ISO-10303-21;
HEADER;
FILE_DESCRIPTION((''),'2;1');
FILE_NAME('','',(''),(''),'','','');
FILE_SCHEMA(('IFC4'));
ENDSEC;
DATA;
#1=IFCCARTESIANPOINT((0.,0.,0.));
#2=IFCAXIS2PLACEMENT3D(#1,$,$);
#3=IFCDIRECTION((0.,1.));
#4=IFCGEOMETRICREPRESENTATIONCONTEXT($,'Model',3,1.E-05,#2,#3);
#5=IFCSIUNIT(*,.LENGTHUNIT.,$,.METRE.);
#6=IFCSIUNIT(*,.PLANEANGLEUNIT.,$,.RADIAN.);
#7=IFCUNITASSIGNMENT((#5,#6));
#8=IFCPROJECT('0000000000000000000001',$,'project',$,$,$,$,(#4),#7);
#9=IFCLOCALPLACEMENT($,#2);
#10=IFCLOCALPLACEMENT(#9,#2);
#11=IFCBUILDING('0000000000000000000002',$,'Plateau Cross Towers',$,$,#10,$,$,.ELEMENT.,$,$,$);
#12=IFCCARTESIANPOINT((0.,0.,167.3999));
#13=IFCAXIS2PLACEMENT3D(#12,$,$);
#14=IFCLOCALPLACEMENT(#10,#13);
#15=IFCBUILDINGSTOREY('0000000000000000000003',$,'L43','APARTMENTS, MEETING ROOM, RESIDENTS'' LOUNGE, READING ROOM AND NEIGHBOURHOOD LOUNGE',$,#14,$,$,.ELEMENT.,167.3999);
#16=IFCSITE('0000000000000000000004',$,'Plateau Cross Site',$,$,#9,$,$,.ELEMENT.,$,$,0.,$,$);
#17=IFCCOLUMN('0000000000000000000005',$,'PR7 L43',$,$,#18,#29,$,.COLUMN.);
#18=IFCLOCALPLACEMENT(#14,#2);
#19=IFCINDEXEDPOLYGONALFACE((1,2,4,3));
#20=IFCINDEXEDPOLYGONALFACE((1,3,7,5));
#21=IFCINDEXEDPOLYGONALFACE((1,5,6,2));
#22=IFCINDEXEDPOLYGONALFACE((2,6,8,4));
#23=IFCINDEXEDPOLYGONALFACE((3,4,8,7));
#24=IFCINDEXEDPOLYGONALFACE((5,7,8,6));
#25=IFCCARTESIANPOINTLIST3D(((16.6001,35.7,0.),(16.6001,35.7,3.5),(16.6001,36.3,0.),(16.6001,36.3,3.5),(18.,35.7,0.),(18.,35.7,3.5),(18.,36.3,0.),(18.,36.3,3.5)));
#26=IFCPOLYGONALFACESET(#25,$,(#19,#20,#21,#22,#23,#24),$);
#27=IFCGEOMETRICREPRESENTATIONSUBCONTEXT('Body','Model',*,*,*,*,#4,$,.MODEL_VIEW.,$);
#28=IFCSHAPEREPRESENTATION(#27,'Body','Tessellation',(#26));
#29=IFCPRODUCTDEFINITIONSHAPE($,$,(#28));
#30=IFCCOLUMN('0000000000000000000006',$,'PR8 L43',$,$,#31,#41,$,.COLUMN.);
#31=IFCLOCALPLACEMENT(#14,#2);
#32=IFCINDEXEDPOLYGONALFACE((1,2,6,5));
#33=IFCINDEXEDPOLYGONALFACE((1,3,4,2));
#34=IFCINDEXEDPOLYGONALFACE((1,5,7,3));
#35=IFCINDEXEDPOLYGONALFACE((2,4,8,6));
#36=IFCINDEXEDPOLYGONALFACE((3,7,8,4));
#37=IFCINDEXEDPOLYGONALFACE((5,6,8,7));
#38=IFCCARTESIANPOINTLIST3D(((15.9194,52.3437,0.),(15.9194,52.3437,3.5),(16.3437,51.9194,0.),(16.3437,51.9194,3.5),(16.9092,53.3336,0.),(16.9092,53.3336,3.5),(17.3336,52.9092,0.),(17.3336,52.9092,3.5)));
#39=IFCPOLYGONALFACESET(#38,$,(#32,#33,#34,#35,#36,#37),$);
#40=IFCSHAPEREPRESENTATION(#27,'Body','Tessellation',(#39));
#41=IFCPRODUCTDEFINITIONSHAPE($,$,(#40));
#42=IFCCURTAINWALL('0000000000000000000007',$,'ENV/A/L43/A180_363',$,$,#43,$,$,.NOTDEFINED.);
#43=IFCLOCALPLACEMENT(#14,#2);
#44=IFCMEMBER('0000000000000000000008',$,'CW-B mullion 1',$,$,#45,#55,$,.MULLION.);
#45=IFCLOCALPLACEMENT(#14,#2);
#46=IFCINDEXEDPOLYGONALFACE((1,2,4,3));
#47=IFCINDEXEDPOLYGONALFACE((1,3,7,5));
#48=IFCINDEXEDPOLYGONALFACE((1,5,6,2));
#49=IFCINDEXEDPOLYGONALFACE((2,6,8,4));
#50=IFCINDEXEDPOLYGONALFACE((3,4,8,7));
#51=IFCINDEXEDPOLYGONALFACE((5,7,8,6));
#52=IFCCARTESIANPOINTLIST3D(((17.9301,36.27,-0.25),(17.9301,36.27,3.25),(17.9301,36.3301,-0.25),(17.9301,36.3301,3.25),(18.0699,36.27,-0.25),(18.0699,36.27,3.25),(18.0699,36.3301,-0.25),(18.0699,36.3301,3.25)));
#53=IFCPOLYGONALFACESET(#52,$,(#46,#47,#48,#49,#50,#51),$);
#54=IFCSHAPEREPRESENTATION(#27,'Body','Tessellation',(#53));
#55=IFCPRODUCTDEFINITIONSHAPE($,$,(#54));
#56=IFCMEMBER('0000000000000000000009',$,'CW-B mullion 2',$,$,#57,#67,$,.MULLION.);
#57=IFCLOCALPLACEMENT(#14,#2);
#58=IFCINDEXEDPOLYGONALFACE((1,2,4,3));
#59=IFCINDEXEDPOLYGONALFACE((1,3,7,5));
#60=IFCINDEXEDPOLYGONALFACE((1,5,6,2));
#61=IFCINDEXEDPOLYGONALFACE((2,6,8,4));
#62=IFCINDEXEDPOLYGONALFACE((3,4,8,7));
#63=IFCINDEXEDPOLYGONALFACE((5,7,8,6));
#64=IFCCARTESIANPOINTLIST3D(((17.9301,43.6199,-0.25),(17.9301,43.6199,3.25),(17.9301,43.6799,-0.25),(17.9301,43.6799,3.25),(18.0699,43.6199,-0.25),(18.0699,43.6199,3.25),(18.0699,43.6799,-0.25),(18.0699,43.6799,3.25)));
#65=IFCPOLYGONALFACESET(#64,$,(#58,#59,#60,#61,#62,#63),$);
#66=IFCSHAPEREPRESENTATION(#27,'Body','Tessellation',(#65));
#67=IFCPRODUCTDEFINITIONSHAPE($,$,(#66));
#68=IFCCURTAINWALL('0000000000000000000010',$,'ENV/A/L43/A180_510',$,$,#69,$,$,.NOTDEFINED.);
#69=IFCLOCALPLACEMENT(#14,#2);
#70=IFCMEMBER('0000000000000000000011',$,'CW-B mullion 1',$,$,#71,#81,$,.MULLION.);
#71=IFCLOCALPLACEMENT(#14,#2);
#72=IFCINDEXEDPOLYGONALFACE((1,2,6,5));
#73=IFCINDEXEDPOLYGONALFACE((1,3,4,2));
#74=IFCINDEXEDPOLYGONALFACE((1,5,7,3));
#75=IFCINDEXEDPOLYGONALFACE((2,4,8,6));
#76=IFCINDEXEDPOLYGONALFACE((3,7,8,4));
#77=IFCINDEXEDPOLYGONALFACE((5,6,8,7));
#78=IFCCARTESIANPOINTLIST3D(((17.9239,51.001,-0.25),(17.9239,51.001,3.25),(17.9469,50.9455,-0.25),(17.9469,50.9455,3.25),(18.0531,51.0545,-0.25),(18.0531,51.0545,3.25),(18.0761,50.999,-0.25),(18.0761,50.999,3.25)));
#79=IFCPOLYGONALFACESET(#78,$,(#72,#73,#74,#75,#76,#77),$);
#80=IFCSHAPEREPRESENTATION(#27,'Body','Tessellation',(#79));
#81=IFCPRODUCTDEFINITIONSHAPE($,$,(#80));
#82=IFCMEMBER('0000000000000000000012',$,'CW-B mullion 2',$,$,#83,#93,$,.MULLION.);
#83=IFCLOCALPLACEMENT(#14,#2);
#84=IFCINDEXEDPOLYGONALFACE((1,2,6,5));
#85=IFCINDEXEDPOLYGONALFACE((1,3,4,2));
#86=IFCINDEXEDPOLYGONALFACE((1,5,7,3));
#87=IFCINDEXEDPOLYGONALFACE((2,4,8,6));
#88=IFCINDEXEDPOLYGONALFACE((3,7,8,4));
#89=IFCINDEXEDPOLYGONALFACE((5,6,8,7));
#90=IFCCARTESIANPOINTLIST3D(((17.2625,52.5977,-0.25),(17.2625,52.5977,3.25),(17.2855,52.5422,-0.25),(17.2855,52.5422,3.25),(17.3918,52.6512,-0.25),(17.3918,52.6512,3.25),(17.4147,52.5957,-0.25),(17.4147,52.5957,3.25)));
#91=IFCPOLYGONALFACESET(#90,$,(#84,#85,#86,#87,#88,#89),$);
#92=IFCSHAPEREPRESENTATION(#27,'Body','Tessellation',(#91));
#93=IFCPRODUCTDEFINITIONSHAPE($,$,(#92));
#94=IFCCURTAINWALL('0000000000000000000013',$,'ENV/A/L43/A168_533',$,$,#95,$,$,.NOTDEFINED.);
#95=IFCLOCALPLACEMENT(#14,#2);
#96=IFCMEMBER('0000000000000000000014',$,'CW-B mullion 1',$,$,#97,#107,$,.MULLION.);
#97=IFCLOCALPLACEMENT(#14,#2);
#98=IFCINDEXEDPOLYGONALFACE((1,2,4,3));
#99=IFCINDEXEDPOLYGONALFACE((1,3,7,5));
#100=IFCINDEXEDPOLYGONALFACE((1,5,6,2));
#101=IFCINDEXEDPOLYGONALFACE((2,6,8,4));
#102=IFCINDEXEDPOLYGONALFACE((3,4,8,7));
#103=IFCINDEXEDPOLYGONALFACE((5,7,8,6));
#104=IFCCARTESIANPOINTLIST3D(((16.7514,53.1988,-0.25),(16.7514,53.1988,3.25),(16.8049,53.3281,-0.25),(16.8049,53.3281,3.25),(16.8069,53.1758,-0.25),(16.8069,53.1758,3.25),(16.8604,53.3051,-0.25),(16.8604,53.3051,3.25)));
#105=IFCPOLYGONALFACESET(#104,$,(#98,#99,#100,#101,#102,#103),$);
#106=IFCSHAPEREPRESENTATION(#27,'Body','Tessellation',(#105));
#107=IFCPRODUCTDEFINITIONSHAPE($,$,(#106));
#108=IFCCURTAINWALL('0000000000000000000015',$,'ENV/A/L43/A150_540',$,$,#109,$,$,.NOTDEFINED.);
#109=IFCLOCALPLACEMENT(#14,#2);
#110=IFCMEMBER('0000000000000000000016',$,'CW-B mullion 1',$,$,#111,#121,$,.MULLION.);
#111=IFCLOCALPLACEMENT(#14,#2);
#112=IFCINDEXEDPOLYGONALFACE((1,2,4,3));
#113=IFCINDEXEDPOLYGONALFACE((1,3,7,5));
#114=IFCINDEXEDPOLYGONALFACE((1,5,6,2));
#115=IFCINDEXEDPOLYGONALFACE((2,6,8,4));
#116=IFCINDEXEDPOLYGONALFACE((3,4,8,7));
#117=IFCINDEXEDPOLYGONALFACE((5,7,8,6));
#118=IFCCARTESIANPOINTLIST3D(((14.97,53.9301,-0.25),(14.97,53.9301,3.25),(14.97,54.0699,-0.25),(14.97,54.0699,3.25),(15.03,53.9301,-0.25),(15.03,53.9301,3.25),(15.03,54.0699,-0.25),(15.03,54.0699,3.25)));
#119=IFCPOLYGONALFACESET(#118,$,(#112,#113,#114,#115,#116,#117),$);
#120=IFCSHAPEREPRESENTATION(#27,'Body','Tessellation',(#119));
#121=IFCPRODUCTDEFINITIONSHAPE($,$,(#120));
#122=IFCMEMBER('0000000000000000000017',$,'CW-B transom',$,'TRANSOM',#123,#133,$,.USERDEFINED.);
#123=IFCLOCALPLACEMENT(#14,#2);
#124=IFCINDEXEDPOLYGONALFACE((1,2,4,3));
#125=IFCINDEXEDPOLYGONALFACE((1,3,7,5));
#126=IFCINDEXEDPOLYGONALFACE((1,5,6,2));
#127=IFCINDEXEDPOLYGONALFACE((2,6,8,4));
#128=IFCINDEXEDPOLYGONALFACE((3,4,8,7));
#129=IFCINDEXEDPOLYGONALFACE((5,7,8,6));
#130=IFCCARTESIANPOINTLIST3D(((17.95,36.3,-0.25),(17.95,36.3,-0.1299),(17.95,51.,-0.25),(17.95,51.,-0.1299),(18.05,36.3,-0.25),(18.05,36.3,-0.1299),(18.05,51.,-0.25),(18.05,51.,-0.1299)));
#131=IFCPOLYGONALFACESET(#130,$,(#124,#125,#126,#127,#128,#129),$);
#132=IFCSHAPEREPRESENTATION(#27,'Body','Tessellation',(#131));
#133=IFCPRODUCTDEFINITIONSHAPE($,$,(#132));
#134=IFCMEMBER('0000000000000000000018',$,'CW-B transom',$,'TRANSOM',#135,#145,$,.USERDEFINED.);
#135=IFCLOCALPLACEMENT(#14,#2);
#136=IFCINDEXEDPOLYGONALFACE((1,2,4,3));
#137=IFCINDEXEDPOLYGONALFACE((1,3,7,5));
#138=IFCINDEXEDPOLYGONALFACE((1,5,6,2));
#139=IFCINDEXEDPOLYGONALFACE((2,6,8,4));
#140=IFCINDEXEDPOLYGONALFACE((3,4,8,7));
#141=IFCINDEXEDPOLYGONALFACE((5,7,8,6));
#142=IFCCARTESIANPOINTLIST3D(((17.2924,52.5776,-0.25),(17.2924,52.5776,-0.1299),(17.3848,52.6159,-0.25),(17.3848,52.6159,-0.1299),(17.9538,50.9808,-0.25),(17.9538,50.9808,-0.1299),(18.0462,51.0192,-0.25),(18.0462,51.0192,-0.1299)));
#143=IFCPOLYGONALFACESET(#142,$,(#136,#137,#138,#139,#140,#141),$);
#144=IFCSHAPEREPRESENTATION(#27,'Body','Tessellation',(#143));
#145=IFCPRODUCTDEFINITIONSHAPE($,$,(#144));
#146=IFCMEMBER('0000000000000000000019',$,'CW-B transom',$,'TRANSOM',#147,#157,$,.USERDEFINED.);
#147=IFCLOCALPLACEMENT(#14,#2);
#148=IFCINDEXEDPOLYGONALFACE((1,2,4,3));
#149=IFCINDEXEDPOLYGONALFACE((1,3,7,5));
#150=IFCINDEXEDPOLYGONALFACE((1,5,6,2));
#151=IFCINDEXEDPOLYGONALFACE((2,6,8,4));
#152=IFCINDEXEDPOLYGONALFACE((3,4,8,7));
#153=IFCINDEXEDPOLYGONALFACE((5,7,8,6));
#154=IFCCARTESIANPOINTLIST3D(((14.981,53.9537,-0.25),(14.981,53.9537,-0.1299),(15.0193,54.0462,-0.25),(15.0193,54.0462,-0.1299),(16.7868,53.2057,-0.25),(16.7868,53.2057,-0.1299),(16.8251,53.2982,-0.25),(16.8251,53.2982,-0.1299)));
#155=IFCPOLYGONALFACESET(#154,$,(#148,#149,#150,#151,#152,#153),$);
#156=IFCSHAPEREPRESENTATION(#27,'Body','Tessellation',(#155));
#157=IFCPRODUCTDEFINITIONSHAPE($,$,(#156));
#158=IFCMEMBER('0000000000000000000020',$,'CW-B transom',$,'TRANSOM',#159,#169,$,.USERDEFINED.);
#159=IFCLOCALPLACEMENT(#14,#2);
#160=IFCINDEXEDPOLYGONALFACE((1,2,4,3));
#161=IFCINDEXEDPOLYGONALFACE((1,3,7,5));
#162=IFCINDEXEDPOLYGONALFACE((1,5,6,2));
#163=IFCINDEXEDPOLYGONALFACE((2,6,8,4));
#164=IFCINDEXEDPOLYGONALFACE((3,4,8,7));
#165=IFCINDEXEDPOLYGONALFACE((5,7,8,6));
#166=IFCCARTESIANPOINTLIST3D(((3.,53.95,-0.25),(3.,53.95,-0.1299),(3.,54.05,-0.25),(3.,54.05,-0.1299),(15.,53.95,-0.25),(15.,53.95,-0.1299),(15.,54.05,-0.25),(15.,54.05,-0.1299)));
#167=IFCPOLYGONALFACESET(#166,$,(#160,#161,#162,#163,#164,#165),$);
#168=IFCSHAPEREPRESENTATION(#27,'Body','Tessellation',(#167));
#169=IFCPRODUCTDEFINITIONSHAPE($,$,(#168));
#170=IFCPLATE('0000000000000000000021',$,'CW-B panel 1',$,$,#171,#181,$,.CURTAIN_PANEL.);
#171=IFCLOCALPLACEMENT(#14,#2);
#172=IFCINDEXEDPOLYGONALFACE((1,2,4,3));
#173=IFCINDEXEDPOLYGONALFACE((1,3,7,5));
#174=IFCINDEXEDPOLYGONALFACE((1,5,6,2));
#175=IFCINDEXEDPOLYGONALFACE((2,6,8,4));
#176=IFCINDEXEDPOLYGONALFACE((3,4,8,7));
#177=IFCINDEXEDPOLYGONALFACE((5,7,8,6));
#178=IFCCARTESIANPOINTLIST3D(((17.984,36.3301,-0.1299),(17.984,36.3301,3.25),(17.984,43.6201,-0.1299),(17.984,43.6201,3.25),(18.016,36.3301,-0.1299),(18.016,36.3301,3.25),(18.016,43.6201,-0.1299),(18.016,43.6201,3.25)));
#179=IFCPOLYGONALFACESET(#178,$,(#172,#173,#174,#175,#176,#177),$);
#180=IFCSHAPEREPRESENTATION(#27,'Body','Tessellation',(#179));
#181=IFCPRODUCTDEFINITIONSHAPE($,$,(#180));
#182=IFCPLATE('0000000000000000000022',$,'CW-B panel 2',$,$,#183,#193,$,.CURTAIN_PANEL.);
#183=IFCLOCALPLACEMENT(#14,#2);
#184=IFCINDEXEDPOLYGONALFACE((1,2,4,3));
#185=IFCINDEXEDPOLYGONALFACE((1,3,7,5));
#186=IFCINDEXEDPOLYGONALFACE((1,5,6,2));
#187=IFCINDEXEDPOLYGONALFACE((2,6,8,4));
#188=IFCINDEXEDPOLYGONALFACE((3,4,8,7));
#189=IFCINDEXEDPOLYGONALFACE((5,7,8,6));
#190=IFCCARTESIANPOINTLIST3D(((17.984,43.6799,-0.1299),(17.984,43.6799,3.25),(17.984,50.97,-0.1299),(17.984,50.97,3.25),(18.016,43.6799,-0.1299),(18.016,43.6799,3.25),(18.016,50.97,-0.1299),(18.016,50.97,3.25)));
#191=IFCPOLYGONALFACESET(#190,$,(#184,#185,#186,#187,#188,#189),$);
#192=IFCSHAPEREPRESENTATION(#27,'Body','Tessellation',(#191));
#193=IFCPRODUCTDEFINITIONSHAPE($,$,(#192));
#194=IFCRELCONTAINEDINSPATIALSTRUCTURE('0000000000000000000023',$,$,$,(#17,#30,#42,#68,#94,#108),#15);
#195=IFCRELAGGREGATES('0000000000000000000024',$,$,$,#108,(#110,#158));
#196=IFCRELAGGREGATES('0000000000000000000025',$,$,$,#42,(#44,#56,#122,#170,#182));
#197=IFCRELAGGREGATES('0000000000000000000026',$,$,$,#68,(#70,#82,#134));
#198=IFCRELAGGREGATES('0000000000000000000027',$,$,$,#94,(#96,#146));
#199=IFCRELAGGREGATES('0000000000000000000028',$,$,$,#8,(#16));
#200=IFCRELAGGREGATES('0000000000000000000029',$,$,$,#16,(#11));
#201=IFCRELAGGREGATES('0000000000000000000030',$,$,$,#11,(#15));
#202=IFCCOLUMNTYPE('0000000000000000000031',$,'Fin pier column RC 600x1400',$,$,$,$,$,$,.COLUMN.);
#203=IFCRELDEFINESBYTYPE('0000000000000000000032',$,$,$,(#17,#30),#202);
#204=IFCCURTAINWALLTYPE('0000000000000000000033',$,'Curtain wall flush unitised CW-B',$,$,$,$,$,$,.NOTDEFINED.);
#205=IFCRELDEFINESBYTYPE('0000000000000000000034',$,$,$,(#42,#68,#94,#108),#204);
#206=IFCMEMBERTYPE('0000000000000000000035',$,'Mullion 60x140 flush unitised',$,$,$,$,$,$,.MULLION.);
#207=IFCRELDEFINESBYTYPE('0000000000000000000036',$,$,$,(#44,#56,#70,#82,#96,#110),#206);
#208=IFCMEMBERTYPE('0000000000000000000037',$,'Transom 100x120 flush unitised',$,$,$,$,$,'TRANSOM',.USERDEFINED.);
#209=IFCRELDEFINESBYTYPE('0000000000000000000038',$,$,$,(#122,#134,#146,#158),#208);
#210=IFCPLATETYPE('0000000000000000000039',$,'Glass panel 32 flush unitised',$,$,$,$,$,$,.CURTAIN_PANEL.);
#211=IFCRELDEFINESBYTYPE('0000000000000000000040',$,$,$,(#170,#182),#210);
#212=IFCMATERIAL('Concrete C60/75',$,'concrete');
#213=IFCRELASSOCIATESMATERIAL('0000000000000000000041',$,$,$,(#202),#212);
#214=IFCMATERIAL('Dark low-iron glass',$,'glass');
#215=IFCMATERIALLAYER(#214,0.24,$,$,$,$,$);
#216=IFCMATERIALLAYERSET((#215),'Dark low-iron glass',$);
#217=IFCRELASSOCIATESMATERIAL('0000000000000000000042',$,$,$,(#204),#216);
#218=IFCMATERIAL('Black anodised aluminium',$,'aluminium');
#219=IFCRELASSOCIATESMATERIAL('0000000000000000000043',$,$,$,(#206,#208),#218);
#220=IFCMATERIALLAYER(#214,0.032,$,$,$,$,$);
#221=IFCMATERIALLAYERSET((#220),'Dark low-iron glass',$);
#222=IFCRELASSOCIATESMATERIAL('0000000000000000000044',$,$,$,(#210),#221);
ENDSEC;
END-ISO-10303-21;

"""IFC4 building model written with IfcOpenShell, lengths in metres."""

from ifc_helpers import new_model, si_unit, direction, frame, origin, origin_2d, place, context, subcontext, project, spatial, rectangle, extrude, material, layer, layer_set, material_profile, profile_set, type_object, element, aggregate, save


model = new_model("IFC4")

# Units and contexts
model_context = context("Model", 3, precision=1e-05, world=origin(), true_north=direction((0.0, 1.0)))
body_context = subcontext(model_context, "Body", "Model", "MODEL_VIEW")
ifc_project = project(units=[si_unit("LENGTHUNIT", "METRE"), si_unit("PLANEANGLEUNIT", "RADIAN")], contexts=[model_context])

# Site, building, storey
site_placement = place(None, origin())
site = spatial("IfcSite", under=ifc_project, at=site_placement, Name="Plateau Cross Site", CompositionType="ELEMENT", RefElevation=0.0)
building_placement = place(site_placement, origin())
building = spatial("IfcBuilding", under=site, at=building_placement, Name="Plateau Cross Towers", CompositionType="ELEMENT")
storey_placement = place(building_placement, frame((0.0, 0.0, 167.3999)))
storey = spatial("IfcBuildingStorey", under=building, at=storey_placement, Name="L43", Description="APARTMENTS, MEETING ROOM, RESIDENTS' LOUNGE, READING ROOM AND NEIGHBOURHOOD LOUNGE", CompositionType="ELEMENT", Elevation=167.3999)

# Columns
ifc_material_1 = material(Name="Concrete C60/75", Category="concrete")
ifc_material_profile_1 = material_profile(ifc_material_1, rectangle(XDim=0.6001, YDim=1.3999, at=origin_2d()), Name="RC 600x1400")
ifc_profile_set_1 = profile_set([ifc_material_profile_1], Name="Concrete C60/75")
column_type = type_object("IfcColumnType", Name="Fin pier column RC 600x1400", PredefinedType="COLUMN", material=ifc_profile_set_1)
for number, where, z_axis, x_axis, name in (
    (1, (17.3, 36.0, 0.0), (0.0, 0.0, 1.0), (0.0, 1.0, 0.0), "PR7 L43"),
    (2, (16.6265, 52.6265, 0.0), (0.0, 0.0, 1.0), (-0.707107, 0.707107, 0.0), "PR8 L43"),
):
    element("IfcColumn", number, at=place(storey_placement, frame(where, z_axis=z_axis, x_axis=x_axis)), inside=storey, type_object=column_type, Name=name, PredefinedType="COLUMN", context=body_context, shape_type="SweptSolid", body=[
        extrude(rectangle(XDim=0.6001, YDim=1.3999, at=origin_2d()), origin(), (0.0, 0.0, 1.0), 3.5),
    ])

# Curtain walls, members
ifc_material_2 = material(Name="Dark low-iron glass", Category="glass")
ifc_layer_1 = layer(ifc_material_2, 0.24)
ifc_layer_set_1 = layer_set([ifc_layer_1], Name="Dark low-iron glass")
curtain_wall_type = type_object("IfcCurtainWallType", Name="Curtain wall flush unitised CW-B", PredefinedType="NOTDEFINED", material=ifc_layer_set_1)
curtain_wall_1_placement = place(storey_placement, origin())
curtain_wall_1 = element("IfcCurtainWall", 3, at=curtain_wall_1_placement, inside=storey, type_object=curtain_wall_type, Name="ENV/A/L43/A180_363", PredefinedType="NOTDEFINED")
ifc_material_3 = material(Name="Black anodised aluminium", Category="aluminium")
ifc_material_profile_2 = material_profile(ifc_material_3, rectangle(XDim=0.0601, YDim=0.1399, at=origin_2d()), Name="MULLION 60x140")
ifc_profile_set_2 = profile_set([ifc_material_profile_2], Name="Black anodised aluminium")
member_type_1 = type_object("IfcMemberType", Name="Mullion 60x140 flush unitised", PredefinedType="MULLION", material=ifc_profile_set_2)
member_1_placement = place(storey_placement, frame((18.0, 36.3, -0.25), z_axis=(0.0, 0.0, 1.0), x_axis=(0.0, 1.0, 0.0)))
member_1 = element("IfcMember", 4, at=member_1_placement, type_object=member_type_1, Name="CW-B mullion 1", PredefinedType="MULLION", context=body_context, shape_type="SweptSolid", body=[
    extrude(rectangle(XDim=0.0601, YDim=0.1399, at=origin_2d()), origin(), (0.0, 0.0, 1.0), 3.5),
])
member_2_placement = place(storey_placement, frame((18.0, 43.6499, -0.25), z_axis=(0.0, 0.0, 1.0), x_axis=(0.0, 1.0, 0.0)))
member_2 = element("IfcMember", 5, at=member_2_placement, type_object=member_type_1, Name="CW-B mullion 2", PredefinedType="MULLION", context=body_context, shape_type="SweptSolid", body=[
    extrude(rectangle(XDim=0.0601, YDim=0.1399, at=origin_2d()), origin(), (0.0, 0.0, 1.0), 3.5),
])
curtain_wall_2_placement = place(storey_placement, origin())
curtain_wall_2 = element("IfcCurtainWall", 6, at=curtain_wall_2_placement, inside=storey, type_object=curtain_wall_type, Name="ENV/A/L43/A180_510", PredefinedType="NOTDEFINED")
member_3_placement = place(storey_placement, frame((18.0, 51.0, -0.25), z_axis=(0.0, 0.0, 1.0), x_axis=(-0.382684, 0.923879, 0.0)))
member_3 = element("IfcMember", 7, at=member_3_placement, type_object=member_type_1, Name="CW-B mullion 1", PredefinedType="MULLION", context=body_context, shape_type="SweptSolid", body=[
    extrude(rectangle(XDim=0.0601, YDim=0.1399, at=origin_2d()), origin(), (0.0, 0.0, 1.0), 3.5),
])
member_4_placement = place(storey_placement, frame((17.3386, 52.5967, -0.25), z_axis=(0.0, 0.0, 1.0), x_axis=(-0.382684, 0.923879, 0.0)))
member_4 = element("IfcMember", 8, at=member_4_placement, type_object=member_type_1, Name="CW-B mullion 2", PredefinedType="MULLION", context=body_context, shape_type="SweptSolid", body=[
    extrude(rectangle(XDim=0.0601, YDim=0.1399, at=origin_2d()), origin(), (0.0, 0.0, 1.0), 3.5),
])

# Curtain walls, members
curtain_wall_3_placement = place(storey_placement, origin())
curtain_wall_3 = element("IfcCurtainWall", 9, at=curtain_wall_3_placement, inside=storey, type_object=curtain_wall_type, Name="ENV/A/L43/A168_533", PredefinedType="NOTDEFINED")
member_5_placement = place(storey_placement, frame((16.8059, 53.252, -0.25), z_axis=(0.0, 0.0, 1.0), x_axis=(-0.923879, 0.382684, 0.0)))
member_5 = element("IfcMember", 10, at=member_5_placement, type_object=member_type_1, Name="CW-B mullion 1", PredefinedType="MULLION", context=body_context, shape_type="SweptSolid", body=[
    extrude(rectangle(XDim=0.0601, YDim=0.1399, at=origin_2d()), origin(), (0.0, 0.0, 1.0), 3.5),
])
curtain_wall_4_placement = place(storey_placement, origin())
curtain_wall_4 = element("IfcCurtainWall", 11, at=curtain_wall_4_placement, inside=storey, type_object=curtain_wall_type, Name="ENV/A/L43/A150_540", PredefinedType="NOTDEFINED")
member_6_placement = place(storey_placement, frame((15.0, 54.0, -0.25), z_axis=(0.0, 0.0, 1.0), x_axis=(-1.0, 0.0, 0.0)))
member_6 = element("IfcMember", 12, at=member_6_placement, type_object=member_type_1, Name="CW-B mullion 1", PredefinedType="MULLION", context=body_context, shape_type="SweptSolid", body=[
    extrude(rectangle(XDim=0.0601, YDim=0.1399, at=origin_2d()), origin(), (0.0, 0.0, 1.0), 3.5),
])

# Members
ifc_material_profile_3 = material_profile(ifc_material_3, rectangle(XDim=0.1001, YDim=0.1201, at=origin_2d()), Name="TRANSOM 100x120")
ifc_profile_set_3 = profile_set([ifc_material_profile_3], Name="Black anodised aluminium")
member_type_2 = type_object("IfcMemberType", Name="Transom 100x120 flush unitised", ElementType="TRANSOM", PredefinedType="USERDEFINED", material=ifc_profile_set_3)
member_7_placement = place(storey_placement, frame((18.0, 36.3, -0.1899), z_axis=(0.0, 1.0, 0.0), x_axis=(-1.0, 0.0, 0.0)))
member_7 = element("IfcMember", 13, at=member_7_placement, type_object=member_type_2, Name="CW-B transom", ObjectType="TRANSOM", PredefinedType="USERDEFINED", context=body_context, shape_type="SweptSolid", body=[
    extrude(rectangle(XDim=0.1001, YDim=0.1201, at=origin_2d()), origin(), (0.0, 0.0, 1.0), 14.7),
])
member_8_placement = place(storey_placement, frame((18.0, 51.0, -0.1899), z_axis=(-0.382689, 0.923877, 0.0), x_axis=(-0.923877, -0.382689, 0.0)))
member_8 = element("IfcMember", 14, at=member_8_placement, type_object=member_type_2, Name="CW-B transom", ObjectType="TRANSOM", PredefinedType="USERDEFINED", context=body_context, shape_type="SweptSolid", body=[
    extrude(rectangle(XDim=0.1001, YDim=0.1201, at=origin_2d()), origin(), (0.0, 0.0, 1.0), 1.7283),
])
member_9_placement = place(storey_placement, frame((16.8059, 53.252, -0.1899), z_axis=(-0.923877, 0.38269, 0.0), x_axis=(-0.38269, -0.923877, 0.0)))
member_9 = element("IfcMember", 15, at=member_9_placement, type_object=member_type_2, Name="CW-B transom", ObjectType="TRANSOM", PredefinedType="USERDEFINED", context=body_context, shape_type="SweptSolid", body=[
    extrude(rectangle(XDim=0.1001, YDim=0.1201, at=origin_2d()), origin(), (0.0, 0.0, 1.0), 1.9546),
])
member_10_placement = place(storey_placement, frame((15.0, 54.0, -0.1899), z_axis=(-1.0, 0.0, 0.0), x_axis=(0.0, -1.0, 0.0)))
member_10 = element("IfcMember", 16, at=member_10_placement, type_object=member_type_2, Name="CW-B transom", ObjectType="TRANSOM", PredefinedType="USERDEFINED", context=body_context, shape_type="SweptSolid", body=[
    extrude(rectangle(XDim=0.1001, YDim=0.1201, at=origin_2d()), origin(), (0.0, 0.0, 1.0), 12.0),
])
aggregate(curtain_wall_4, [member_6, member_10])

# Plates
ifc_layer_2 = layer(ifc_material_2, 0.032)
ifc_layer_set_2 = layer_set([ifc_layer_2], Name="Dark low-iron glass")
plate_type = type_object("IfcPlateType", Name="Glass panel 32 flush unitised", PredefinedType="CURTAIN_PANEL", material=ifc_layer_set_2)
plate_1_placement = place(storey_placement, frame((18.0, 39.9751, -0.1299), z_axis=(0.0, 0.0, 1.0), x_axis=(0.0, 1.0, 0.0)))
plate_1 = element("IfcPlate", 17, at=plate_1_placement, type_object=plate_type, Name="CW-B panel 1", PredefinedType="CURTAIN_PANEL", context=body_context, shape_type="SweptSolid", body=[
    extrude(rectangle(XDim=7.29, YDim=0.032, at=origin_2d()), origin(), (0.0, 0.0, 1.0), 3.3799),
])
plate_2_placement = place(storey_placement, frame((18.0, 47.325, -0.1299), z_axis=(0.0, 0.0, 1.0), x_axis=(0.0, 1.0, 0.0)))
plate_2 = element("IfcPlate", 18, at=plate_2_placement, type_object=plate_type, Name="CW-B panel 2", PredefinedType="CURTAIN_PANEL", context=body_context, shape_type="SweptSolid", body=[
    extrude(rectangle(XDim=7.29, YDim=0.032, at=origin_2d()), origin(), (0.0, 0.0, 1.0), 3.3799),
])
aggregate(curtain_wall_1, [member_1, member_2, member_7, plate_1, plate_2])
aggregate(curtain_wall_2, [member_3, member_4, member_8])
aggregate(curtain_wall_3, [member_5, member_9])

save(model, "model.ifc")
